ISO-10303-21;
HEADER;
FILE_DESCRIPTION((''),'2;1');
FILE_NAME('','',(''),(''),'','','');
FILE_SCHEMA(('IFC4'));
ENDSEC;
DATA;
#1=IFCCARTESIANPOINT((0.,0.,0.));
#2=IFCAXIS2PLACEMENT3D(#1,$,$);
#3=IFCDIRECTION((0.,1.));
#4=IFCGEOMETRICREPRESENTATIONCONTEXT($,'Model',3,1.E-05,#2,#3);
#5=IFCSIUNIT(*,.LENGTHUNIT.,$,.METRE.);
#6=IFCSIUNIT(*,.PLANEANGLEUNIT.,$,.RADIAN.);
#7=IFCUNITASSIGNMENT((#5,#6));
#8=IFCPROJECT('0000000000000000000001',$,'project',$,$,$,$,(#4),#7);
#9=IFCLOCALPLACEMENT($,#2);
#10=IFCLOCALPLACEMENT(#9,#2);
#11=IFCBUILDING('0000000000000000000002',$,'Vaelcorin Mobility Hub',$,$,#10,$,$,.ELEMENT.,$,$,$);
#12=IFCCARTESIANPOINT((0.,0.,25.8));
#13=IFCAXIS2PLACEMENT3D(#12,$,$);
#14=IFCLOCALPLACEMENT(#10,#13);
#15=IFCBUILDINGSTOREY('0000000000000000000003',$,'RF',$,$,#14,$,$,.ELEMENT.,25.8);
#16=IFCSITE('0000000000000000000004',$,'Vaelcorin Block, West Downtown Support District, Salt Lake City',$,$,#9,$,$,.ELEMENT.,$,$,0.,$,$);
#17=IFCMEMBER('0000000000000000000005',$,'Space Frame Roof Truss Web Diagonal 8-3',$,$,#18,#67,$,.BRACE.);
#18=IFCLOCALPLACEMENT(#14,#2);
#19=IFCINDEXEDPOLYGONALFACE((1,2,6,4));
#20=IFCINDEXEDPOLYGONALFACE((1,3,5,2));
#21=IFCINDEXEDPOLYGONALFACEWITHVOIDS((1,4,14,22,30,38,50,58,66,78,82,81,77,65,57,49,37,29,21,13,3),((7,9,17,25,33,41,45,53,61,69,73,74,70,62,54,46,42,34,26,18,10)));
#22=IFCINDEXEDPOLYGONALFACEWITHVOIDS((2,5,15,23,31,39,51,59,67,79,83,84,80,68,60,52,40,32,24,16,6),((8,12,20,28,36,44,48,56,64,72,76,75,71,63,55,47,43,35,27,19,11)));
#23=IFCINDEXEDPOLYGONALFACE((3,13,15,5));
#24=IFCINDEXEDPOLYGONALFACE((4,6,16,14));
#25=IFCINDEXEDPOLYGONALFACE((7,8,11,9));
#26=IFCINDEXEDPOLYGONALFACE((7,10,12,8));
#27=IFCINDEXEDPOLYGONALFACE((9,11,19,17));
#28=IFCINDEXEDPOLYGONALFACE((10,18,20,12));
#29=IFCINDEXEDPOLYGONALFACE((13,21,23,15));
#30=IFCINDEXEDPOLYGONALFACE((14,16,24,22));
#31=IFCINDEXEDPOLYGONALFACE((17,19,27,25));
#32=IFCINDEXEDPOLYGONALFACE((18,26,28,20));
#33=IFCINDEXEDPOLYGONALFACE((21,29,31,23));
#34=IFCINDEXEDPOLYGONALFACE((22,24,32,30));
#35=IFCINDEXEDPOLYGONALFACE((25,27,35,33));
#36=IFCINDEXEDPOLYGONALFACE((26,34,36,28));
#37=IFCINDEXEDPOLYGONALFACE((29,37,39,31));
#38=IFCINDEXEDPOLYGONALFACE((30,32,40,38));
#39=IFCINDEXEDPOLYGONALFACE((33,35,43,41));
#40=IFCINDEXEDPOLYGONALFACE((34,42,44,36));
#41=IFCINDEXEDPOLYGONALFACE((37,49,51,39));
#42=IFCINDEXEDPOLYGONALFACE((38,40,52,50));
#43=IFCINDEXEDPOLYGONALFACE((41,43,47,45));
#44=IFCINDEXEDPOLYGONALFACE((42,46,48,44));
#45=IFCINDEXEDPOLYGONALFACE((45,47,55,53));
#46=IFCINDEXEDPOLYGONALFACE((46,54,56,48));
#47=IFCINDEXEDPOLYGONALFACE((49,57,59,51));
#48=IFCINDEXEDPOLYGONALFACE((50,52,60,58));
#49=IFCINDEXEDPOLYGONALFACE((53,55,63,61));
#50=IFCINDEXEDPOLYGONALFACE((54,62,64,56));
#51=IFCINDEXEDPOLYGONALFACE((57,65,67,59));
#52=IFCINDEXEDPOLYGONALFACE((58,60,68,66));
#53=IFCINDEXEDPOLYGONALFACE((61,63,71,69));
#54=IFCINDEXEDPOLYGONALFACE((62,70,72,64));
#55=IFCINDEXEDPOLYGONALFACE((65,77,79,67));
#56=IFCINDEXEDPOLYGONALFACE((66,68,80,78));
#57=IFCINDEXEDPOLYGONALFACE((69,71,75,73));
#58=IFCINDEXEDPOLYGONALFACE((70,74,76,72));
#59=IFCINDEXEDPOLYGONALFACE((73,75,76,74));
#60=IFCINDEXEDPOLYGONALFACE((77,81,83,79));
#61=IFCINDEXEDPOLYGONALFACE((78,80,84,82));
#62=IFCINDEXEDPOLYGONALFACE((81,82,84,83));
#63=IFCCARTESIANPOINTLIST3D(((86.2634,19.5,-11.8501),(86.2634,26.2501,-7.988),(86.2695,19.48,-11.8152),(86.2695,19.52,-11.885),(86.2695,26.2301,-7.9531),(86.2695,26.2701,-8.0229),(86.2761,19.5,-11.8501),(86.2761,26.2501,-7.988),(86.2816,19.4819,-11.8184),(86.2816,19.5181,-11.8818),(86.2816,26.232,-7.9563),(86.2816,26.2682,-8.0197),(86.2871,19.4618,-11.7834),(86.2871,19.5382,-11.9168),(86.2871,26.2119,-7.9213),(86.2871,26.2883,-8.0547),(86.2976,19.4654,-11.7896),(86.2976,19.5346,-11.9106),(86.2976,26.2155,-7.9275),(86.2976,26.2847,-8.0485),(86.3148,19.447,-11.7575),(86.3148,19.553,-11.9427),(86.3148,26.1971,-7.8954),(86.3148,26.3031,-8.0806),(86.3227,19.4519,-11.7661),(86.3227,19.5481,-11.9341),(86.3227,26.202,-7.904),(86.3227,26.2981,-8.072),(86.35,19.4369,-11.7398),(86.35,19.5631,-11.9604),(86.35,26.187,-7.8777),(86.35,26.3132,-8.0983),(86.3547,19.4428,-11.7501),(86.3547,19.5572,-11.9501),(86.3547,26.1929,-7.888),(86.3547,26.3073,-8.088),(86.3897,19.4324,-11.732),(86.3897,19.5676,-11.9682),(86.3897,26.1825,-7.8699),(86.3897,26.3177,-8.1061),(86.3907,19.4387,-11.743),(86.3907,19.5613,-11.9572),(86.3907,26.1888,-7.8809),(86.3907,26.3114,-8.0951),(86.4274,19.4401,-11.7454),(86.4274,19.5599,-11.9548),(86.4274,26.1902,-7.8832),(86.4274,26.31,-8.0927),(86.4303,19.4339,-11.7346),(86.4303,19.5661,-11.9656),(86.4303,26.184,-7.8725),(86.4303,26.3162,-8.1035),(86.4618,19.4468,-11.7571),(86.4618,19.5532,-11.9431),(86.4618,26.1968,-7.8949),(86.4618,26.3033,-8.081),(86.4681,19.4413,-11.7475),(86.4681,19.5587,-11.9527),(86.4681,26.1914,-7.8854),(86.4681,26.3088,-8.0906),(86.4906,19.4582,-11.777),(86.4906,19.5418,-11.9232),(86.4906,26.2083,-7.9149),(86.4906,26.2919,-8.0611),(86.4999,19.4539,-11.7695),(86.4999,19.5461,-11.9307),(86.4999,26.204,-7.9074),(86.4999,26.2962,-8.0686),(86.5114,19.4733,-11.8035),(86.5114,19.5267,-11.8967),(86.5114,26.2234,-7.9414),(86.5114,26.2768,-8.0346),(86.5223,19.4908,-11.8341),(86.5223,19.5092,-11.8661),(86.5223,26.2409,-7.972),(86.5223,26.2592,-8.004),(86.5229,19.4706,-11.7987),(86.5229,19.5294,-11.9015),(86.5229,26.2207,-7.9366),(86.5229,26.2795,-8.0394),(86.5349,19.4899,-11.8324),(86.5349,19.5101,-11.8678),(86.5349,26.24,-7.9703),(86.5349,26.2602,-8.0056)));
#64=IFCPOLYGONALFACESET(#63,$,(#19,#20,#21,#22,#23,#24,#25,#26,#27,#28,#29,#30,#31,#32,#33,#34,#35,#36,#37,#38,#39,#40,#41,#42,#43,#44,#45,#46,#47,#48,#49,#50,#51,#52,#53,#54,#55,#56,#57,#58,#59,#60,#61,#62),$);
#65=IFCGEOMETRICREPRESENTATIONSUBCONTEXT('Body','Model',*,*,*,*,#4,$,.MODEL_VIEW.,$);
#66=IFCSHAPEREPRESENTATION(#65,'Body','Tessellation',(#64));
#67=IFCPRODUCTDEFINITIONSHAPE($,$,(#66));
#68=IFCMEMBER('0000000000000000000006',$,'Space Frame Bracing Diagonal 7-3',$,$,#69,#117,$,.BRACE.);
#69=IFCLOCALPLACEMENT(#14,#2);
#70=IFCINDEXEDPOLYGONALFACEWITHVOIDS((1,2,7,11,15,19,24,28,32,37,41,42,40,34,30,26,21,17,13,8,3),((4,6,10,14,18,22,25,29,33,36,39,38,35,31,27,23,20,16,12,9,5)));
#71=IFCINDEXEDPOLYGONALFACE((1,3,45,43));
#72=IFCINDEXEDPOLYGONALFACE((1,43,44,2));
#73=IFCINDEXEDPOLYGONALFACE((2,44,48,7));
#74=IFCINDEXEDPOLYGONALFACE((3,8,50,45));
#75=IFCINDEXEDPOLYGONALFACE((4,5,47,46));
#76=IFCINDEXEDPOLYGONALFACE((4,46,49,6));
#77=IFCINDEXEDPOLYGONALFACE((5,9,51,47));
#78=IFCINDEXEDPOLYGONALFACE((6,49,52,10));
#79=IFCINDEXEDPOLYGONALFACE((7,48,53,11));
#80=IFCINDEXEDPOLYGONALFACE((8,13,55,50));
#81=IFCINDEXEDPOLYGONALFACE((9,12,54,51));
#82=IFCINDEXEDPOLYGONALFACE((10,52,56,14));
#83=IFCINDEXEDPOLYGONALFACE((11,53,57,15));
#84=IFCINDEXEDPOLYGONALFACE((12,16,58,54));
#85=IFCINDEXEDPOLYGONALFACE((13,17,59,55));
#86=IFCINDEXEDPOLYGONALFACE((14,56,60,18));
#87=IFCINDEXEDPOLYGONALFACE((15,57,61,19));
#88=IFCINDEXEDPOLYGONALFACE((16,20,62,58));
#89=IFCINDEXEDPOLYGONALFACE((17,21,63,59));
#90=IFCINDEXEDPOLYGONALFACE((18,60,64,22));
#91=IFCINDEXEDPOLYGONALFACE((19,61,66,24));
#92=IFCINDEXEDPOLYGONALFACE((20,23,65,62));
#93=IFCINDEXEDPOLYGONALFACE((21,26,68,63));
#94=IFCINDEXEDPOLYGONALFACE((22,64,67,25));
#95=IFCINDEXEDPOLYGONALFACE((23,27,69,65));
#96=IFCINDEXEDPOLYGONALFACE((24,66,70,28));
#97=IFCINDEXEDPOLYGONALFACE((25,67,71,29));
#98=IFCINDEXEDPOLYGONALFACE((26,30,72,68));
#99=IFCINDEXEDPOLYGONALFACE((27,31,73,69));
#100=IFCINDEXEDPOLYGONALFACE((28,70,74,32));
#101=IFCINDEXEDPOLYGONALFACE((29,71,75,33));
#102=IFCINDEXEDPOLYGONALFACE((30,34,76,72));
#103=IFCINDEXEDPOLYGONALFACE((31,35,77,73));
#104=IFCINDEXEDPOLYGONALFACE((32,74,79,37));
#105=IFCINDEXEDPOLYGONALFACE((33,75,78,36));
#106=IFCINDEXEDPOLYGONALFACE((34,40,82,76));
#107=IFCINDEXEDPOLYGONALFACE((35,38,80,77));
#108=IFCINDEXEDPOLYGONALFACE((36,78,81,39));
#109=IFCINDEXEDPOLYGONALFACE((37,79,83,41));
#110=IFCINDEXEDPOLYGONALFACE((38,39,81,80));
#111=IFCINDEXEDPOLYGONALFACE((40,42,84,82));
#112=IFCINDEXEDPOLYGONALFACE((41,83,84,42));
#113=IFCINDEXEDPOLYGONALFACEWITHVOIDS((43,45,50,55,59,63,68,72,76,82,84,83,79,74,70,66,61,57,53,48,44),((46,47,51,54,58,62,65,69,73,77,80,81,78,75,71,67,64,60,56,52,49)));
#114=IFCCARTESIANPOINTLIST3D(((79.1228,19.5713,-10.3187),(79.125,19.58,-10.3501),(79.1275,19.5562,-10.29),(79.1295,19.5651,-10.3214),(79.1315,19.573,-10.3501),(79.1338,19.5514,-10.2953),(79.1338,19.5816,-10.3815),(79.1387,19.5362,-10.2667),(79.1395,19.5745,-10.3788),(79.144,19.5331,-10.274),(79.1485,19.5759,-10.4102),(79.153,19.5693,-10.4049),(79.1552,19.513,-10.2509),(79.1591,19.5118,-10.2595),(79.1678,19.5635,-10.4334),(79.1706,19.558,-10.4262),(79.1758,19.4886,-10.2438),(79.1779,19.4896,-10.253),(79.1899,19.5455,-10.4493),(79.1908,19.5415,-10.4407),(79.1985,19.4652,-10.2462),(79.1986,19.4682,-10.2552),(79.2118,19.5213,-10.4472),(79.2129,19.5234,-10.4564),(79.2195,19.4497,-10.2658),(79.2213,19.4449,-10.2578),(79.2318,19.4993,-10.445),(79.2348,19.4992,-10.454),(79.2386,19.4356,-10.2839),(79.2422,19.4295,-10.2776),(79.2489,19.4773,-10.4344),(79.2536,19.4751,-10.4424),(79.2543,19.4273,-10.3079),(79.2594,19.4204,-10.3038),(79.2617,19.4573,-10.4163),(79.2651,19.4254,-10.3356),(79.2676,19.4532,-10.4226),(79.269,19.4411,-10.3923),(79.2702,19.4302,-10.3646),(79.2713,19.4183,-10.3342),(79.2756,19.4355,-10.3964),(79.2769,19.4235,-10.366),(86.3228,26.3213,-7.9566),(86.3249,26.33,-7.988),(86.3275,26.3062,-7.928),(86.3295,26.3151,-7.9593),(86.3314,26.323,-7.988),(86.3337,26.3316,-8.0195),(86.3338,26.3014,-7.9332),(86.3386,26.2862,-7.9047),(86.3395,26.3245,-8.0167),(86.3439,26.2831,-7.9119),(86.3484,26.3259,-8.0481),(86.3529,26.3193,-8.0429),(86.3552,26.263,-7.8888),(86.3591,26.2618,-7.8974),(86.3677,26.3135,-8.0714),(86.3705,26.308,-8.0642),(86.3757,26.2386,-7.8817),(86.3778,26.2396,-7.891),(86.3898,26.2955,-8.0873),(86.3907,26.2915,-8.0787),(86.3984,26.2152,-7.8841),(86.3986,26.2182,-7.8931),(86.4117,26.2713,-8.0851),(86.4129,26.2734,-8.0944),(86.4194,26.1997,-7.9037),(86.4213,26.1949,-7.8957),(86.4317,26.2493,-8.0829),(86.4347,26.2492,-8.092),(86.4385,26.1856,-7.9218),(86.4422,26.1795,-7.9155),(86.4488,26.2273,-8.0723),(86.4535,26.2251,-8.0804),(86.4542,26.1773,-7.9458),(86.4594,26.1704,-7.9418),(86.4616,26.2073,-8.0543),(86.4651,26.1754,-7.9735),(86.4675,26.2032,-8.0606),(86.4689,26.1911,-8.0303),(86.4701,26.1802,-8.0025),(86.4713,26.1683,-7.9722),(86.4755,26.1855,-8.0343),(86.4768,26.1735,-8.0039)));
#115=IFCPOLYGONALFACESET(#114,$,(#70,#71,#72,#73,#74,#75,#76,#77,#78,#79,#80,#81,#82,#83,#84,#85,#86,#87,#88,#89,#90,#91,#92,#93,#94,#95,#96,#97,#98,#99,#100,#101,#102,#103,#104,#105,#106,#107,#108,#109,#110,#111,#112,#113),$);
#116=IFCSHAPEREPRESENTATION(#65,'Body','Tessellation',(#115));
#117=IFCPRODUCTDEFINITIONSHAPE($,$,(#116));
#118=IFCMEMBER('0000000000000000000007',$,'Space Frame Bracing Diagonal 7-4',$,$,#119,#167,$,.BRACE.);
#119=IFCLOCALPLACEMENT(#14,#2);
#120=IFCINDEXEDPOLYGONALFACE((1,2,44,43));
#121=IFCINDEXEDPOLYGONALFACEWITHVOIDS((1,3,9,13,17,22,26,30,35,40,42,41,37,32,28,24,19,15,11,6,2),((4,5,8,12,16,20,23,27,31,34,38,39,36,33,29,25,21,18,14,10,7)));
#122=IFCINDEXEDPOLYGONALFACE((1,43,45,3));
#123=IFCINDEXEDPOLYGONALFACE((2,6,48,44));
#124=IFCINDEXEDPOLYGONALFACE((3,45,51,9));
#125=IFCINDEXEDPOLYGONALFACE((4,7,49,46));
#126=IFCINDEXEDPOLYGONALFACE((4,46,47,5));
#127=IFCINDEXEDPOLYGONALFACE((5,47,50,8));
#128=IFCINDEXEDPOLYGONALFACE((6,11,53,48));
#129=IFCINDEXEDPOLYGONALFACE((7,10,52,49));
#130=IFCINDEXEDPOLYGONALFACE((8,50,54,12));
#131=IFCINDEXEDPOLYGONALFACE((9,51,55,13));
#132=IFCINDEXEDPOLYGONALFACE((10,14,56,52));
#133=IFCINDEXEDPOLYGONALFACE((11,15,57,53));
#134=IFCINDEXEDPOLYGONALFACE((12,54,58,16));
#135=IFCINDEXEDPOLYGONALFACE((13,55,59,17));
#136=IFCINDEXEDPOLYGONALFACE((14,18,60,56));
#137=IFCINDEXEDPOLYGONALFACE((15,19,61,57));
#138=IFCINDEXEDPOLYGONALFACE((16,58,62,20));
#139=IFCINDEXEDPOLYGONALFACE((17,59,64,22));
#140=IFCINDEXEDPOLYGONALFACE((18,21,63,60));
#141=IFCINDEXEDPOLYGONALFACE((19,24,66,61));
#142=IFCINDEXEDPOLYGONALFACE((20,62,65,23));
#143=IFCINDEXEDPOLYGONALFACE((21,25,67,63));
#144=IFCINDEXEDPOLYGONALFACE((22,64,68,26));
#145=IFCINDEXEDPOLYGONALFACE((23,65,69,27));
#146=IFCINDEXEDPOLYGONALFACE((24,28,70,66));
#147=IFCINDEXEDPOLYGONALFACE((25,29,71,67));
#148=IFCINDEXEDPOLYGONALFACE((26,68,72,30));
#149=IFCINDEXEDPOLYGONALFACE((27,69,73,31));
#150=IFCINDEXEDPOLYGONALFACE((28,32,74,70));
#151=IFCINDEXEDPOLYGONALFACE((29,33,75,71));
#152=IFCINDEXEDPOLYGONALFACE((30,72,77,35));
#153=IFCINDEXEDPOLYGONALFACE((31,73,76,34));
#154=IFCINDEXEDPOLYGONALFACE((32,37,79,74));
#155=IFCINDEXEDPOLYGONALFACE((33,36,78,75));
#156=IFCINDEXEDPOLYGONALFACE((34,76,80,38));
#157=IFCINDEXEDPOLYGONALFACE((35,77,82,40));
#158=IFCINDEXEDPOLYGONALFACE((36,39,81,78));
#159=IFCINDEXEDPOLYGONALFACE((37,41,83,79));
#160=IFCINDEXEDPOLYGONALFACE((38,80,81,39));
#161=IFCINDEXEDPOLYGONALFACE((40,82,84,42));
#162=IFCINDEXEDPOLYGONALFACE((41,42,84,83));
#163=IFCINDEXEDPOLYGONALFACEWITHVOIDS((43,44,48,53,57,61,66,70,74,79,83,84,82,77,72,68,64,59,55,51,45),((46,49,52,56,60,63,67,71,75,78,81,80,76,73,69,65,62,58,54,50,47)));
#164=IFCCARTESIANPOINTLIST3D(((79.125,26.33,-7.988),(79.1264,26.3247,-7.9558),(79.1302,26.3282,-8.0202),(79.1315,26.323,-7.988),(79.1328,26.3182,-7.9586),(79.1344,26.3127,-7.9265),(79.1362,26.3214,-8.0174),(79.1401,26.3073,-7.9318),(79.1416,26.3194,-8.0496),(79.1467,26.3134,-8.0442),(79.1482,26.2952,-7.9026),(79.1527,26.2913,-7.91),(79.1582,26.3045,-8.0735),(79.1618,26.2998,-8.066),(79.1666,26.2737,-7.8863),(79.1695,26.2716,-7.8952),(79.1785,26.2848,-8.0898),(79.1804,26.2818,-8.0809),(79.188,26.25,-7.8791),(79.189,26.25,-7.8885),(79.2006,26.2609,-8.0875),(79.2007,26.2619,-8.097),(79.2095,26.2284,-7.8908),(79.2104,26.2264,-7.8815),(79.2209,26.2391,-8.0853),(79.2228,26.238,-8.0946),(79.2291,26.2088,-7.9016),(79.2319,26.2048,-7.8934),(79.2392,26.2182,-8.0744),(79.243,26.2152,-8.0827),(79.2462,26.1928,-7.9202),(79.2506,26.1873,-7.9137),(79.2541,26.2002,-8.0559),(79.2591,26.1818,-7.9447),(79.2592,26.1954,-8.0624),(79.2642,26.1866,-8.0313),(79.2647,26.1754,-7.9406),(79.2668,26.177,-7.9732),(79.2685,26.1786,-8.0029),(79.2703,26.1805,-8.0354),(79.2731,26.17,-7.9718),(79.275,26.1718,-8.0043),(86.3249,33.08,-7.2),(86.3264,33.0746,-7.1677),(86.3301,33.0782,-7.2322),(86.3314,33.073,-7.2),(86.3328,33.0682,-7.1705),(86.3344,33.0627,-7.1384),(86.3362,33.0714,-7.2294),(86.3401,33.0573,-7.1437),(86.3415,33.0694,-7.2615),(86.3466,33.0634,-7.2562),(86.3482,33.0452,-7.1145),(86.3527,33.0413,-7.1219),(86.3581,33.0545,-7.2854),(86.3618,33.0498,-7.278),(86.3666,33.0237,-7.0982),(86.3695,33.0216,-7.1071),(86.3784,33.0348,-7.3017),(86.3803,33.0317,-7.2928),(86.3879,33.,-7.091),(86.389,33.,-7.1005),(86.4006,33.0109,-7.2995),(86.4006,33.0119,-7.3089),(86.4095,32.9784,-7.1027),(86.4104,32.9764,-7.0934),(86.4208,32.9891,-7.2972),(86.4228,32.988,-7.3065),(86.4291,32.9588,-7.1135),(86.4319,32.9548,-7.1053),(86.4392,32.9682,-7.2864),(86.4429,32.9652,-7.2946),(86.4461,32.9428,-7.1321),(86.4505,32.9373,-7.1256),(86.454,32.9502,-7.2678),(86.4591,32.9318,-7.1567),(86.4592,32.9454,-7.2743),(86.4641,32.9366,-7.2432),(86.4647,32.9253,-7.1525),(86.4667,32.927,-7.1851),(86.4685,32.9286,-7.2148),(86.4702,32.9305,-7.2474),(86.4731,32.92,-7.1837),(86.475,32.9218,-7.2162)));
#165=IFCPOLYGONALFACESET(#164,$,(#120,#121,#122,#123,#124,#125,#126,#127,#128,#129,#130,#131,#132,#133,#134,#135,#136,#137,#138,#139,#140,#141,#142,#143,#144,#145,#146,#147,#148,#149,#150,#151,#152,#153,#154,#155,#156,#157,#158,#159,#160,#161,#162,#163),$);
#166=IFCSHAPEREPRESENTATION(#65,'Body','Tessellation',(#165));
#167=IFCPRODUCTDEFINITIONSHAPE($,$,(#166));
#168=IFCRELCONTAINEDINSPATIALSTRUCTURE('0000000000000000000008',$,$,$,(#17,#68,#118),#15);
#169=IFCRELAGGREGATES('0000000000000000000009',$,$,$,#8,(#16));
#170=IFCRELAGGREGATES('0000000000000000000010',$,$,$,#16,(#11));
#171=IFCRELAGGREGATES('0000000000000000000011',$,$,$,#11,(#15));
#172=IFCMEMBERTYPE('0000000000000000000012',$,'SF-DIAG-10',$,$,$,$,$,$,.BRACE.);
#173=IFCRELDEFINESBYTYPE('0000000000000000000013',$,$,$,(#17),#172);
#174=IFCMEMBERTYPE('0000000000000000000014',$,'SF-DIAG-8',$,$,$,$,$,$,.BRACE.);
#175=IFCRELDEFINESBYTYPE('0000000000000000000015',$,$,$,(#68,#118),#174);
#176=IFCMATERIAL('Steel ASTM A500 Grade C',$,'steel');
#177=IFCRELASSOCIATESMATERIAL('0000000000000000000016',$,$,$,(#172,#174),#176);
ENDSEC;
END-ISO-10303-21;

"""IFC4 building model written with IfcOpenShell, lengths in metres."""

from ifc_helpers import new_model, si_unit, direction, frame, origin, origin_2d, place, context, subcontext, project, spatial, hollow_circle, extrude, material, material_profile, profile_set, type_object, element, save


model = new_model("IFC4")

# Units and contexts
model_context = context("Model", 3, precision=1e-05, world=origin(), true_north=direction((0.0, 1.0)))
body_context = subcontext(model_context, "Body", "Model", "MODEL_VIEW")
ifc_project = project(units=[si_unit("LENGTHUNIT", "METRE"), si_unit("PLANEANGLEUNIT", "RADIAN")], contexts=[model_context])

# Site, building, storey
site_placement = place(None, origin())
site = spatial("IfcSite", under=ifc_project, at=site_placement, Name="Vaelcorin Block, West Downtown Support District, Salt Lake City", CompositionType="ELEMENT", RefElevation=0.0)
building_placement = place(site_placement, origin())
building = spatial("IfcBuilding", under=site, at=building_placement, Name="Vaelcorin Mobility Hub", CompositionType="ELEMENT")
storey_placement = place(building_placement, frame((0.0, 0.0, 25.8)))
storey = spatial("IfcBuildingStorey", under=building, at=storey_placement, Name="RF", CompositionType="ELEMENT", Elevation=25.8)

# Members
ifc_material_1 = material(Name="Steel ASTM A500 Grade C", Category="steel")
ifc_material_profile_1 = material_profile(ifc_material_1, hollow_circle(Radius=0.1365, WallThickness=0.0127, at=origin_2d()), Name="HSS10.750X0.500")
ifc_profile_set_1 = profile_set([ifc_material_profile_1], Name="Steel ASTM A500 Grade C")
member_type_1 = type_object("IfcMemberType", Name="SF-DIAG-10", PredefinedType="BRACE", material=ifc_profile_set_1)
member_1_placement = place(storey_placement, frame((86.3999, 19.5, -11.8501), z_axis=(0.0, 0.867971, 0.496616), x_axis=(-1.0, 0.0, 0.0)))
element("IfcMember", 1, at=member_1_placement, inside=storey, type_object=member_type_1, Name="Space Frame Roof Truss Web Diagonal 8-3", PredefinedType="BRACE", context=body_context, shape_type="SweptSolid", body=[
    extrude(hollow_circle(Radius=0.1365, WallThickness=0.0127, at=origin_2d()), origin(), (0.0, 0.0, 1.0), 7.7769),
])
ifc_material_profile_2 = material_profile(ifc_material_1, hollow_circle(Radius=0.1096, WallThickness=0.0095, at=origin_2d()), Name="HSS8.625X0.375")
ifc_profile_set_2 = profile_set([ifc_material_profile_2], Name="Steel ASTM A500 Grade C")
member_type_2 = type_object("IfcMemberType", Name="SF-DIAG-8", PredefinedType="BRACE", material=ifc_profile_set_2)
member_2_placement = place(storey_placement, frame((79.2, 19.5, -10.3501), z_axis=(0.709497, 0.665158, 0.232762), x_axis=(-0.683944, 0.729535, 0.0)))
element("IfcMember", 2, at=member_2_placement, inside=storey, type_object=member_type_2, Name="Space Frame Bracing Diagonal 7-3", PredefinedType="BRACE", context=body_context, shape_type="SweptSolid", body=[
    extrude(hollow_circle(Radius=0.1096, WallThickness=0.0095, at=origin_2d()), origin(), (0.0, 0.0, 1.0), 10.1479),
])
member_3_placement = place(storey_placement, frame((79.2, 26.25, -7.988), z_axis=(0.72722, 0.681773, 0.079599), x_axis=(-0.683944, 0.729535, 0.0)))
element("IfcMember", 3, at=member_3_placement, inside=storey, type_object=member_type_2, Name="Space Frame Bracing Diagonal 7-4", PredefinedType="BRACE", context=body_context, shape_type="SweptSolid", body=[
    extrude(hollow_circle(Radius=0.1096, WallThickness=0.0095, at=origin_2d()), origin(), (0.0, 0.0, 1.0), 9.9006),
])

save(model, "model.ifc")
